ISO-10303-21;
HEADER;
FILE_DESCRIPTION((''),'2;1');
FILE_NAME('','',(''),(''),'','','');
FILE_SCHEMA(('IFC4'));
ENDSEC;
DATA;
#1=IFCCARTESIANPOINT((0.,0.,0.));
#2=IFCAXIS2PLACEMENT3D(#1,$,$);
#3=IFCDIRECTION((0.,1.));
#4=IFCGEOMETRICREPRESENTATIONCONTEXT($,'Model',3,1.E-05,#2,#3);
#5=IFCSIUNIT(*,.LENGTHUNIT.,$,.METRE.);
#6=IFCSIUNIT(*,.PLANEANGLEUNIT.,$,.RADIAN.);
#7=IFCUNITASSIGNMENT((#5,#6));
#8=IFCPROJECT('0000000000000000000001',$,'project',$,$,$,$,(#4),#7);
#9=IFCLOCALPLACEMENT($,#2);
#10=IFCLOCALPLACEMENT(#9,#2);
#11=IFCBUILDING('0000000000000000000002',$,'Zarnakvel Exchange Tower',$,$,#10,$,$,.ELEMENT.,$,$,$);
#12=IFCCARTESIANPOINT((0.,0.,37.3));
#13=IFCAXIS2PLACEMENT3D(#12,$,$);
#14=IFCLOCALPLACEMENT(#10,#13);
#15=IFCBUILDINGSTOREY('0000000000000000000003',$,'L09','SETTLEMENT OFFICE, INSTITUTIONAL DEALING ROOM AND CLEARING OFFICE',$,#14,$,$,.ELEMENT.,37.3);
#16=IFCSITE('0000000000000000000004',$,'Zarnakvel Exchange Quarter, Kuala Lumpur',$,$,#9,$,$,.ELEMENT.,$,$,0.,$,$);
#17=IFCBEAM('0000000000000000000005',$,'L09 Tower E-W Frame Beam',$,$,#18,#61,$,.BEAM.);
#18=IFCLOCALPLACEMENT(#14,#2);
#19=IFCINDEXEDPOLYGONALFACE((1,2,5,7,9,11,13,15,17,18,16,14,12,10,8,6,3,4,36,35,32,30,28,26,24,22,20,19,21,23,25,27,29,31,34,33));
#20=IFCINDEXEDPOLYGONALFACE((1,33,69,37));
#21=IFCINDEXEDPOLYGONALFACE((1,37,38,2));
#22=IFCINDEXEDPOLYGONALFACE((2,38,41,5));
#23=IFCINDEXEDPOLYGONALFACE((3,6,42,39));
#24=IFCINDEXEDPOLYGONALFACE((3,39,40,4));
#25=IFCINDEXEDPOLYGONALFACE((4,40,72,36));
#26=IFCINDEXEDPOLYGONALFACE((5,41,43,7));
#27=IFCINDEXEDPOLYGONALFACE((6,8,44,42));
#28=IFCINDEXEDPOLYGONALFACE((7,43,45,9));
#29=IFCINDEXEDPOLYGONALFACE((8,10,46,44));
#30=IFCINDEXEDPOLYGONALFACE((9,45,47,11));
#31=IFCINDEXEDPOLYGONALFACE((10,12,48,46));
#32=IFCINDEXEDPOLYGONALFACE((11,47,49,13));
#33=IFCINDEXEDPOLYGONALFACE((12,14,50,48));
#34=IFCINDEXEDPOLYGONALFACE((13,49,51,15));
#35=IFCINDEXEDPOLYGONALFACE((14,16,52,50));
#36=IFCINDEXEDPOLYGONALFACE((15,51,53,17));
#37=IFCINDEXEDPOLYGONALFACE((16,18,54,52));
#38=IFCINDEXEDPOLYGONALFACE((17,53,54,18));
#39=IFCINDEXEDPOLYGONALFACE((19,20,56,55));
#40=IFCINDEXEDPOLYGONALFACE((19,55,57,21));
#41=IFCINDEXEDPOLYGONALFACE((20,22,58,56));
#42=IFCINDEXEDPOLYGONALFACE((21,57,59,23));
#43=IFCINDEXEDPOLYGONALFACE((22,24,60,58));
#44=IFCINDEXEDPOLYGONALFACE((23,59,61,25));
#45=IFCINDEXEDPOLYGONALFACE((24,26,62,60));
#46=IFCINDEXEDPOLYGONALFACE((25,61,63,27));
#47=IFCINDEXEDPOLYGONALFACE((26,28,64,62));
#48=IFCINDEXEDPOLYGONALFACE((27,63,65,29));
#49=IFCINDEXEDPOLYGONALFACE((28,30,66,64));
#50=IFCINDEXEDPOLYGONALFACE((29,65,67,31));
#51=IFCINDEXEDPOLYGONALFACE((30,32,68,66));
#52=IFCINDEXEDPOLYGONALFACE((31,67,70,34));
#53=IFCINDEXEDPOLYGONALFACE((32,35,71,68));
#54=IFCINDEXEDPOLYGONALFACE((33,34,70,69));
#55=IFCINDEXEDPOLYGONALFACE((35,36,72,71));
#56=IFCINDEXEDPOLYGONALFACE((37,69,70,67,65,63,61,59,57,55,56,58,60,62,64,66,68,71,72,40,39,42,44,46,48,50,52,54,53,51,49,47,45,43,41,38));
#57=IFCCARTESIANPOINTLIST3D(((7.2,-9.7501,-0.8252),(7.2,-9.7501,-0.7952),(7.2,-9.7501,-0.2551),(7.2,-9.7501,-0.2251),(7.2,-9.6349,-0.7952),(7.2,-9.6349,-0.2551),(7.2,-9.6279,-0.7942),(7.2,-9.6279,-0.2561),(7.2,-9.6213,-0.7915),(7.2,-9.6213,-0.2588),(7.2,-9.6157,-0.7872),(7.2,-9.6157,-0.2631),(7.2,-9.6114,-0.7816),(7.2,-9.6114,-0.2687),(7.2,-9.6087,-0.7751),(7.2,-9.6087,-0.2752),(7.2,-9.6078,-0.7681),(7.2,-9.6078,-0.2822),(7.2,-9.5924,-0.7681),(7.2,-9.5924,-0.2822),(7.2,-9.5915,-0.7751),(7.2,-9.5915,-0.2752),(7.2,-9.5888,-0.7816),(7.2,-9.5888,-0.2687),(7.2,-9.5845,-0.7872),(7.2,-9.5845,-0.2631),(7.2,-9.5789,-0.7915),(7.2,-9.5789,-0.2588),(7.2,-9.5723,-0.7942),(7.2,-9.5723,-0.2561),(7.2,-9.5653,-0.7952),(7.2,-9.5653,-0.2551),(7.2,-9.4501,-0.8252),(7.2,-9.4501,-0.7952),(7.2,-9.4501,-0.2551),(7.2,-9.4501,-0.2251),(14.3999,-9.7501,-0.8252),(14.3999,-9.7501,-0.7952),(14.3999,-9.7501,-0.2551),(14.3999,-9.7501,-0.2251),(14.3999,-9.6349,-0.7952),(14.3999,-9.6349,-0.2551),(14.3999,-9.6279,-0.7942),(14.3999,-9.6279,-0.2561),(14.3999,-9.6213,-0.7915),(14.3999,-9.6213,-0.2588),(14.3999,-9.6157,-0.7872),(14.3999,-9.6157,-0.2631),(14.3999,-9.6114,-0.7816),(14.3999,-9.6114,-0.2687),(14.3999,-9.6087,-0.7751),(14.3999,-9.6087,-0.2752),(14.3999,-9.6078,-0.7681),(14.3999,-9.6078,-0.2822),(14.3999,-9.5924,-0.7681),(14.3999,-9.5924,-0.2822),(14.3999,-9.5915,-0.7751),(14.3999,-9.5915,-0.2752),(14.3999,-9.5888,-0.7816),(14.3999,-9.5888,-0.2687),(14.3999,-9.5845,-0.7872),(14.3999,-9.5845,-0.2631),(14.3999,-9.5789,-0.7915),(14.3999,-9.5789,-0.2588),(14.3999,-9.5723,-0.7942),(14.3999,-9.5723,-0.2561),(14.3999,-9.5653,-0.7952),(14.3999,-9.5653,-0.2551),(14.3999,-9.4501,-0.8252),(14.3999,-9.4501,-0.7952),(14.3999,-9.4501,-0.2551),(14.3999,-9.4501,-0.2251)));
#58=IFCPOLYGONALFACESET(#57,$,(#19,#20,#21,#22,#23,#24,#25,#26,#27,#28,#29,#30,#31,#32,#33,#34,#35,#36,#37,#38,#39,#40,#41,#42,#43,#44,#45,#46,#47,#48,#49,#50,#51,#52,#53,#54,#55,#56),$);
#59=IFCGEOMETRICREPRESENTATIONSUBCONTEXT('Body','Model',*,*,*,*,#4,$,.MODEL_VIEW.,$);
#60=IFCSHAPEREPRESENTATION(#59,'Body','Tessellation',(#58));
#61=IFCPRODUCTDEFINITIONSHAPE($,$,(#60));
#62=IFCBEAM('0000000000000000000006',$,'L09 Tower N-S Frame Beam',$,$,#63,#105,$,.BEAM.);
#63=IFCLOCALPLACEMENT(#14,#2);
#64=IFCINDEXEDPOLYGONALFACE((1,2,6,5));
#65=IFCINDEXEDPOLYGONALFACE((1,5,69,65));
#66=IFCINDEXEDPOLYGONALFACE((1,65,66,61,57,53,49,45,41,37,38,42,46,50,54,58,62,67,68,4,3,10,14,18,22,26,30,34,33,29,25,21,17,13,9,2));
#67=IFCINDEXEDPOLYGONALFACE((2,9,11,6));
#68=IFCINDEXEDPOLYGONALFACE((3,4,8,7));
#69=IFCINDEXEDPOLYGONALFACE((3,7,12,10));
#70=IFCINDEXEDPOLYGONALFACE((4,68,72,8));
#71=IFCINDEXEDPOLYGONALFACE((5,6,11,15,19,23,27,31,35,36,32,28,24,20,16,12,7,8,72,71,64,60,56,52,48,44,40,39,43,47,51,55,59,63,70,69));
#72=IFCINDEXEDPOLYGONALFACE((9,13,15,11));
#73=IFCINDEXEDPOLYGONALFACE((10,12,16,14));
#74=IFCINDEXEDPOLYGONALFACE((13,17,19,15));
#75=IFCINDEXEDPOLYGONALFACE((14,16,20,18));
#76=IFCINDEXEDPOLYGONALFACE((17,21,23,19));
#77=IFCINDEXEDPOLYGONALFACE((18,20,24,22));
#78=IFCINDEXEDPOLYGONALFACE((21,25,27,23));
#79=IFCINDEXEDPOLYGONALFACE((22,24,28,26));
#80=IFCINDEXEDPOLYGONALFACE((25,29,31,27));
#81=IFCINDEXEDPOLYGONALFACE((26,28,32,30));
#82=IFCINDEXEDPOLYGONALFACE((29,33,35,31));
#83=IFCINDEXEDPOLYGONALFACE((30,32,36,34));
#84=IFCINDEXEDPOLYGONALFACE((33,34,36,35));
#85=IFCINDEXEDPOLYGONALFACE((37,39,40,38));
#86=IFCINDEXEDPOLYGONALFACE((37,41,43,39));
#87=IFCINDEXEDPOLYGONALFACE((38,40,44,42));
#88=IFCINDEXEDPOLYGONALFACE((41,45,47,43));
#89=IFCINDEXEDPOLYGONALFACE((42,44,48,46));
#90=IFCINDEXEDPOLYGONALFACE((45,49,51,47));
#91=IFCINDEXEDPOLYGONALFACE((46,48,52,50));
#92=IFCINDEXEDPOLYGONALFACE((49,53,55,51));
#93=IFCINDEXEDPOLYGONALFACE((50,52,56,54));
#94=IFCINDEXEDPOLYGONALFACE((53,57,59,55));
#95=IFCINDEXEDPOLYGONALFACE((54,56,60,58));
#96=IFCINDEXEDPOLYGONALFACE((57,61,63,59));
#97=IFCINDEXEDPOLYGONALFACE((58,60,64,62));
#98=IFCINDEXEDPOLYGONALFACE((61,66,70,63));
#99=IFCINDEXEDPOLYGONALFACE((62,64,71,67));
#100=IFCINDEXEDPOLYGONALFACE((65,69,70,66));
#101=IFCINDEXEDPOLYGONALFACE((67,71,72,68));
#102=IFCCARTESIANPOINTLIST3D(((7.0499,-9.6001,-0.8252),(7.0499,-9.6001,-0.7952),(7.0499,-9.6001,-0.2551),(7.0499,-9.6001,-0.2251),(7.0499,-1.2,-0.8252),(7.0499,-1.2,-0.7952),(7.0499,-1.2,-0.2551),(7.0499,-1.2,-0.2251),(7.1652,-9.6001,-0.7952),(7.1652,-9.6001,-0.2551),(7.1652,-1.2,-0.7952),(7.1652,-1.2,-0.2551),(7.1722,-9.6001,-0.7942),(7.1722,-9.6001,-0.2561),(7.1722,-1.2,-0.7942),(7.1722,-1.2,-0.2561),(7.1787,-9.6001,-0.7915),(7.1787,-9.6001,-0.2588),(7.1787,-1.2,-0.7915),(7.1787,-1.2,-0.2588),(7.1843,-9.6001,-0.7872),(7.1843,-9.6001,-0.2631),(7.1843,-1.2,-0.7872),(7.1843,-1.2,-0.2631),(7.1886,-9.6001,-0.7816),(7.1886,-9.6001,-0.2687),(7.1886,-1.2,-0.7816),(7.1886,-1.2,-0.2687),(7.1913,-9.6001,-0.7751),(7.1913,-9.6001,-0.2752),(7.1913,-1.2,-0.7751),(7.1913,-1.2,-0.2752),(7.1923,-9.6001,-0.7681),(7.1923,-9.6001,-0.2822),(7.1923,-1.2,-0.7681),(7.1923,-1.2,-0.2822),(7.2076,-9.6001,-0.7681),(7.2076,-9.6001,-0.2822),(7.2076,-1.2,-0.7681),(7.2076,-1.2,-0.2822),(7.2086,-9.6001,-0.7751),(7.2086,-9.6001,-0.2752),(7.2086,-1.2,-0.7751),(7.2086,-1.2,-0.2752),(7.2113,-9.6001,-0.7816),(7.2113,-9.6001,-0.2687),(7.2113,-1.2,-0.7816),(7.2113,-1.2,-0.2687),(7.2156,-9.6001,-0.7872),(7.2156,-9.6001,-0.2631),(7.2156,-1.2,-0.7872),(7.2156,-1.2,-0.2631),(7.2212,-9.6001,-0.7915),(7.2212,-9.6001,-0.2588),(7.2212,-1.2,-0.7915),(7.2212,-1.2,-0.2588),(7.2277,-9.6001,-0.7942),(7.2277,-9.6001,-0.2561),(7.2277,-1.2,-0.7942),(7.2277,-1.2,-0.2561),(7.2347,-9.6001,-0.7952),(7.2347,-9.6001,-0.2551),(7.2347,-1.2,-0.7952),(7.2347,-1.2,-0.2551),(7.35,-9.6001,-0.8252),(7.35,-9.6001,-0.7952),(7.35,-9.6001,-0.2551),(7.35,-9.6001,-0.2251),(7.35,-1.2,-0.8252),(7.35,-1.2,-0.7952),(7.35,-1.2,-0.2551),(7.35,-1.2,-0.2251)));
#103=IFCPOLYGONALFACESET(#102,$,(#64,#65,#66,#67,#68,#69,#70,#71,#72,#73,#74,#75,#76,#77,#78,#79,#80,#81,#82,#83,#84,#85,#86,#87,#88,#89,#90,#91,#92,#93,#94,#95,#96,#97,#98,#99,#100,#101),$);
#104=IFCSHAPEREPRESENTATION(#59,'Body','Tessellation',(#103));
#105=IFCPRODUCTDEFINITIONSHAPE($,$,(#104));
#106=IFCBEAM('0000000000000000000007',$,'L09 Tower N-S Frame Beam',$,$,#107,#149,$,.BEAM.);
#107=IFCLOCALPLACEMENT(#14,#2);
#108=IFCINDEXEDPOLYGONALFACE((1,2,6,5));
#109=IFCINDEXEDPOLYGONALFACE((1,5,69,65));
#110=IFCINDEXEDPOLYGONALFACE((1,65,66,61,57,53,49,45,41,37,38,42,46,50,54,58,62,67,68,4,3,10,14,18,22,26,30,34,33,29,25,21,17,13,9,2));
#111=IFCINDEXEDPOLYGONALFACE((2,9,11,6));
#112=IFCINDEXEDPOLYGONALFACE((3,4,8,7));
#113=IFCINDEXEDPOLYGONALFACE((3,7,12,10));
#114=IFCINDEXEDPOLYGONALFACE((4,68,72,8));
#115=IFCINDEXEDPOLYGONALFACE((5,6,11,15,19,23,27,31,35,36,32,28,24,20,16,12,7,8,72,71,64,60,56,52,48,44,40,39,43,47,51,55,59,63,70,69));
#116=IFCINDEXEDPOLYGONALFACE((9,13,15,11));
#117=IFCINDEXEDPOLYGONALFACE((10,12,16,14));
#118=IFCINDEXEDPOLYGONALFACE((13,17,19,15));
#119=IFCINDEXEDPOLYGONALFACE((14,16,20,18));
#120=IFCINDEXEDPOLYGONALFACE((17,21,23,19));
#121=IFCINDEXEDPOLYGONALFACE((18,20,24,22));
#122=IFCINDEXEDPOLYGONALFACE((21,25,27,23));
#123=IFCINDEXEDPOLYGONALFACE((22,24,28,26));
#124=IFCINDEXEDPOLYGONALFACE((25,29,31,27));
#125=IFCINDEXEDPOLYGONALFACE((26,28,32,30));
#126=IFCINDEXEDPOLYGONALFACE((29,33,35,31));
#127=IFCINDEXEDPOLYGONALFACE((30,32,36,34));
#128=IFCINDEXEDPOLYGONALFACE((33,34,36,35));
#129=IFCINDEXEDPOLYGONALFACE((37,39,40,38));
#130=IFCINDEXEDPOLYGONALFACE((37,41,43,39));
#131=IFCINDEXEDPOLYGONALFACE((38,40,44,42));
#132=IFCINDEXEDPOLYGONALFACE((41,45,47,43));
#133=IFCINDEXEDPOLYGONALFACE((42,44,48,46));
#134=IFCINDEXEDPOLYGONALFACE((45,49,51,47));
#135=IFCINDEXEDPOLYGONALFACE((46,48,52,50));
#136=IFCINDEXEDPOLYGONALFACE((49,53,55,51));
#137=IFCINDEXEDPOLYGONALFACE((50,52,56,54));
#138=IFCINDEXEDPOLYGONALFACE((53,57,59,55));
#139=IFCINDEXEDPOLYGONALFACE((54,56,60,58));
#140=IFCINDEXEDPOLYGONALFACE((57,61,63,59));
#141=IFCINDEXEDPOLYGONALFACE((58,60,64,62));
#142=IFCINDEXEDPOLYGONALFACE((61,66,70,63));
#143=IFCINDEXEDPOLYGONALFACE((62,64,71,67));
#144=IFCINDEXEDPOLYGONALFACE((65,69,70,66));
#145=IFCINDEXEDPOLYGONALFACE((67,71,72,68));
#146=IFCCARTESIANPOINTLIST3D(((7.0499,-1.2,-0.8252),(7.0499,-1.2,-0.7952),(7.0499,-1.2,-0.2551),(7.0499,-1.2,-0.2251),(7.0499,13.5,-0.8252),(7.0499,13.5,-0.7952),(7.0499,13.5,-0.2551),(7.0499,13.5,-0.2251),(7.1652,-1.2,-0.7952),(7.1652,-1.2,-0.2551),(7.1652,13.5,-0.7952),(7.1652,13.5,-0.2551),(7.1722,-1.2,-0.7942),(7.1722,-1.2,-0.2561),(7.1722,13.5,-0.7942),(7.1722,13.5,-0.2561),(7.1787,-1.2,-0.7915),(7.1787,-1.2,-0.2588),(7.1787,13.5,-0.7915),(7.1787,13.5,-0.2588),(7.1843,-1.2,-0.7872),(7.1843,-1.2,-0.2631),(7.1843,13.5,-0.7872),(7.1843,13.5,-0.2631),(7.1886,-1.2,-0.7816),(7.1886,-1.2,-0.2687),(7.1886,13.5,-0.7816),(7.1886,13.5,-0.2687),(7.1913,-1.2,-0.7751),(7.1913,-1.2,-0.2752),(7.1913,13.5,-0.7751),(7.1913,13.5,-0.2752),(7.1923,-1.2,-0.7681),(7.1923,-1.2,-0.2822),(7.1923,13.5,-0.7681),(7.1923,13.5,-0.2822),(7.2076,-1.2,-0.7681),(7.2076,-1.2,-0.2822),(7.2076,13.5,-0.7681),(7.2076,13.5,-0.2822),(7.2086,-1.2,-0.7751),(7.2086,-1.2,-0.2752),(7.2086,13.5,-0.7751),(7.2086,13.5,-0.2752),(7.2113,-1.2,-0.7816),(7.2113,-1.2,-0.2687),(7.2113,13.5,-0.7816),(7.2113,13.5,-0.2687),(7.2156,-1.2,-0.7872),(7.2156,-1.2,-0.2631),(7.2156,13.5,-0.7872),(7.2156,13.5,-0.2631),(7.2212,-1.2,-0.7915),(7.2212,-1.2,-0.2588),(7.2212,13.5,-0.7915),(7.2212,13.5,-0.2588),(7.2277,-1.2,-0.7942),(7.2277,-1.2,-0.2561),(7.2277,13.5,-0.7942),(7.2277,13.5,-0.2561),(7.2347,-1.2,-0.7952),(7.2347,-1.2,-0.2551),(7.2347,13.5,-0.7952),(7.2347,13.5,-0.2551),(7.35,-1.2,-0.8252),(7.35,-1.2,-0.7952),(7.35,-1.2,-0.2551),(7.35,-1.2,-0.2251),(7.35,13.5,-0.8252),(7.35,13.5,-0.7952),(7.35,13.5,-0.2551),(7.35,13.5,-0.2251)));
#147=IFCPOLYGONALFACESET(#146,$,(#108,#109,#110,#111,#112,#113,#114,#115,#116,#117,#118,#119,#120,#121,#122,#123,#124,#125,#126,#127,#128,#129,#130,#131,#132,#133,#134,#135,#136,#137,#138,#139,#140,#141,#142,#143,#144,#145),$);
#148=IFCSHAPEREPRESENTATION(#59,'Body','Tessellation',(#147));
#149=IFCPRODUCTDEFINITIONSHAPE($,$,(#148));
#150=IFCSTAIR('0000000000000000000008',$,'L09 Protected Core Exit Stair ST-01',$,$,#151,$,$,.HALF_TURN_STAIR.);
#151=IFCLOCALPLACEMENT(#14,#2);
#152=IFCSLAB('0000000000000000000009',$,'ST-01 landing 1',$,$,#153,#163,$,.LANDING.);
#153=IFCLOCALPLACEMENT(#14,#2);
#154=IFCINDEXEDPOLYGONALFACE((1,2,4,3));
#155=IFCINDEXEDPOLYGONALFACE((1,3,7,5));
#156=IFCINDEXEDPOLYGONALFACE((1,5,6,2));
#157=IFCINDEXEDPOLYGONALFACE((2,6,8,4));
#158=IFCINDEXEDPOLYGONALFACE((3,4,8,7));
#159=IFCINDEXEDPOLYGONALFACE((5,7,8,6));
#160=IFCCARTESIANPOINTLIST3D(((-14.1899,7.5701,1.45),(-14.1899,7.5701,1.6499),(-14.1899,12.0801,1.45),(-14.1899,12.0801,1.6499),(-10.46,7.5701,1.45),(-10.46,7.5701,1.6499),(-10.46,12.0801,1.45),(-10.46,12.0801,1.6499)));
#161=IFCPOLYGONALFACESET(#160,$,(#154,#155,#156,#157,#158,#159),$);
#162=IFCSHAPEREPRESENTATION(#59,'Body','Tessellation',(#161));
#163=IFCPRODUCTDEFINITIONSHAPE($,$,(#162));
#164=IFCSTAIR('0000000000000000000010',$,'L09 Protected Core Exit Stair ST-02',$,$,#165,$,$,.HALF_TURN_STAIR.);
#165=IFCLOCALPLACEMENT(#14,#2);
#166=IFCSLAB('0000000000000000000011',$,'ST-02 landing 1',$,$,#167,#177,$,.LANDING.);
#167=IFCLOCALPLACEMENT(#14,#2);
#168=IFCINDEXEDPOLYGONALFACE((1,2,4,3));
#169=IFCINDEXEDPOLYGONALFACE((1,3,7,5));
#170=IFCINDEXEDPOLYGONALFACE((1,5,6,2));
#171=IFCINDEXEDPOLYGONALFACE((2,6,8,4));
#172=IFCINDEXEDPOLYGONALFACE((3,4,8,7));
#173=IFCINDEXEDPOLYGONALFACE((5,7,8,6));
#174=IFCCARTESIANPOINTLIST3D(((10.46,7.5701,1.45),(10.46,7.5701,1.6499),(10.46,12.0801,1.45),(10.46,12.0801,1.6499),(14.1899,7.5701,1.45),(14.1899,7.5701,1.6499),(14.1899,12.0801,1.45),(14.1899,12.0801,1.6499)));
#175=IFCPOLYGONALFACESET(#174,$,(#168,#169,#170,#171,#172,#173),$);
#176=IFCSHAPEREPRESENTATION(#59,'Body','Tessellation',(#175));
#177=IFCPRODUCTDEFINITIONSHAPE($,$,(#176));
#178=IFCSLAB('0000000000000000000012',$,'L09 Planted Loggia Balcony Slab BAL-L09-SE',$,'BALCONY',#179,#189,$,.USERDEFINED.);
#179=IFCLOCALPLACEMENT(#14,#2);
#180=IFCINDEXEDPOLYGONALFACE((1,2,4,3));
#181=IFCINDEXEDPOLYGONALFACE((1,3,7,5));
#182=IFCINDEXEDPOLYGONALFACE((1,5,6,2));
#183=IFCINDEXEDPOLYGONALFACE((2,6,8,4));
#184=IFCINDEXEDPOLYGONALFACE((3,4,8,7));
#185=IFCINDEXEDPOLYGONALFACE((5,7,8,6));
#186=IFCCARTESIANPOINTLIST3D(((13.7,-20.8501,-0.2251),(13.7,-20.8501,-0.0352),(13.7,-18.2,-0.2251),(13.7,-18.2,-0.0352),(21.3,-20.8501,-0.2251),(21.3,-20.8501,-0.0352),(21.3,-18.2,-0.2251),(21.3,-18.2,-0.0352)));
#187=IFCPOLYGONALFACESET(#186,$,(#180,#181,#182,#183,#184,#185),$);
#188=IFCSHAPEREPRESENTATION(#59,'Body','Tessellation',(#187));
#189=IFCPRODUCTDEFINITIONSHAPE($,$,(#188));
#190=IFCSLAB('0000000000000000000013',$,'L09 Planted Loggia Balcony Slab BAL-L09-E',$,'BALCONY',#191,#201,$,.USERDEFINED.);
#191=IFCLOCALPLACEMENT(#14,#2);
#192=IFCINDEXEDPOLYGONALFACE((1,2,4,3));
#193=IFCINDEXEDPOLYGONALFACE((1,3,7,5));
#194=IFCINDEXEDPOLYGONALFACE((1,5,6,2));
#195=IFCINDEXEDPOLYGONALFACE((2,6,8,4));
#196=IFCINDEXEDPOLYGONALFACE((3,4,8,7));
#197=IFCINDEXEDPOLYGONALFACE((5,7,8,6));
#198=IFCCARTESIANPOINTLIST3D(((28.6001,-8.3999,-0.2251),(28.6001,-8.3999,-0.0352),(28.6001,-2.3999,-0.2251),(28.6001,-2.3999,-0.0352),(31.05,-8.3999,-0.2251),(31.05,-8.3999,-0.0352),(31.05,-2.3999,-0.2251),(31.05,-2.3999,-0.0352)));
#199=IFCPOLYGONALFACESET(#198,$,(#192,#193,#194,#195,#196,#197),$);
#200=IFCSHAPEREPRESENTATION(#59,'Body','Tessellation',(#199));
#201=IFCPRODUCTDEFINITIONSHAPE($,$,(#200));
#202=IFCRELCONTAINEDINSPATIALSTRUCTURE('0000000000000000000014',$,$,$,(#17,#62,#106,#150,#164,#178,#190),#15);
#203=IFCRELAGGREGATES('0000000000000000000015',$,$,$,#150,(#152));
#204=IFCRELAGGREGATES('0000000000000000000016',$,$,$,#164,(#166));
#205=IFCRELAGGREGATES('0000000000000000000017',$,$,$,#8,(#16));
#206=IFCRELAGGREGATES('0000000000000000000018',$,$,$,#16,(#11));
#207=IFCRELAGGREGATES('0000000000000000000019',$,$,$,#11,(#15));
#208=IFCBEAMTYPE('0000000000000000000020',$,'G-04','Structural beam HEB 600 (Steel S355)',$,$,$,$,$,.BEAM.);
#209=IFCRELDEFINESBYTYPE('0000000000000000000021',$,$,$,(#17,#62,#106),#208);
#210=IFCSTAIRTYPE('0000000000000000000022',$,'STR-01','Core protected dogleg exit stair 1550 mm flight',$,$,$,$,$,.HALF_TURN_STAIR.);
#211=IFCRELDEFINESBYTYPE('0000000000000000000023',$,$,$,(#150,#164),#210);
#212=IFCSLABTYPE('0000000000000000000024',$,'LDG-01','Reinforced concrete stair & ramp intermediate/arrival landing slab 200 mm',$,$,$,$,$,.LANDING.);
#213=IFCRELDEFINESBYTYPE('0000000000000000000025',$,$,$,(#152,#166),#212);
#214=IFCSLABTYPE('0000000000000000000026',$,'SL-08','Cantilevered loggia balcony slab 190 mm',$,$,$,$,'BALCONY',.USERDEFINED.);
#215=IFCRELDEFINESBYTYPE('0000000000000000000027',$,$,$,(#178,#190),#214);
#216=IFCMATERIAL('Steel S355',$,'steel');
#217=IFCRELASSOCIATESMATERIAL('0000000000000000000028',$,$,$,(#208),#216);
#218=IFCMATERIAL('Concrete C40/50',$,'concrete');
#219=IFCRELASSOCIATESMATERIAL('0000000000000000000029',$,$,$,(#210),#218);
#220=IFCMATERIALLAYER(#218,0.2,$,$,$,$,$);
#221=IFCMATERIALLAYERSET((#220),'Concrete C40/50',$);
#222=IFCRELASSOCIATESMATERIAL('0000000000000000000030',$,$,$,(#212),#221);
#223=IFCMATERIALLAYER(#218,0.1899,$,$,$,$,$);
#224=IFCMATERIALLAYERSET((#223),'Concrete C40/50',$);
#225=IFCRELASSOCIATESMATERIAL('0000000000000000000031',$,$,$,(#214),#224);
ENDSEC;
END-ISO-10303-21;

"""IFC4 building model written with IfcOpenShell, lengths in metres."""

from ifc_helpers import new_model, si_unit, direction, frame, origin, origin_2d, place, context, subcontext, project, spatial, polyline, i_section, outline, extrude, material, layer, layer_set, material_profile, profile_set, type_object, element, aggregate, save


model = new_model("IFC4")

# Units and contexts
model_context = context("Model", 3, precision=1e-05, world=origin(), true_north=direction((0.0, 1.0)))
body_context = subcontext(model_context, "Body", "Model", "MODEL_VIEW")
ifc_project = project(units=[si_unit("LENGTHUNIT", "METRE"), si_unit("PLANEANGLEUNIT", "RADIAN")], contexts=[model_context])

# Site, building, storey
site_placement = place(None, origin())
site = spatial("IfcSite", under=ifc_project, at=site_placement, Name="Zarnakvel Exchange Quarter, Kuala Lumpur", CompositionType="ELEMENT", RefElevation=0.0)
building_placement = place(site_placement, origin())
building = spatial("IfcBuilding", under=site, at=building_placement, Name="Zarnakvel Exchange Tower", CompositionType="ELEMENT")
storey_placement = place(building_placement, frame((0.0, 0.0, 37.3)))
storey = spatial("IfcBuildingStorey", under=building, at=storey_placement, Name="L09", Description="SETTLEMENT OFFICE, INSTITUTIONAL DEALING ROOM AND CLEARING OFFICE", CompositionType="ELEMENT", Elevation=37.3)

# Beams
ifc_material_1 = material(Name="Steel S355", Category="steel")
ifc_material_profile_1 = material_profile(ifc_material_1, i_section(OverallWidth=0.3, OverallDepth=0.6001, WebThickness=0.0154, FlangeThickness=0.03, FilletRadius=0.0271, at=origin_2d()))
ifc_profile_set_1 = profile_set([ifc_material_profile_1], Name="Steel S355")
beam_type_1 = type_object("IfcBeamType", Name="G-04", Description="Structural beam HEB 600 (Steel S355)", PredefinedType="BEAM", material=ifc_profile_set_1)
beam_1_placement = place(storey_placement, frame((7.2, -9.6001, -0.5251), z_axis=(1.0, 0.0, 0.0), x_axis=(0.0, 1.0, 0.0)))
element("IfcBeam", 1, at=beam_1_placement, inside=storey, type_object=beam_type_1, Name="L09 Tower E-W Frame Beam", PredefinedType="BEAM", context=body_context, shape_type="SweptSolid", body=[
    extrude(i_section(OverallWidth=0.3, OverallDepth=0.6001, WebThickness=0.0154, FlangeThickness=0.03, FilletRadius=0.0271, at=origin_2d()), origin(), (0.0, 0.0, 1.0), 7.2),
])
beam_2_placement = place(storey_placement, frame((7.2, -9.6001, -0.5251), z_axis=(0.0, 1.0, 0.0), x_axis=(-1.0, 0.0, 0.0)))
element("IfcBeam", 2, at=beam_2_placement, inside=storey, type_object=beam_type_1, Name="L09 Tower N-S Frame Beam", PredefinedType="BEAM", context=body_context, shape_type="SweptSolid", body=[
    extrude(i_section(OverallWidth=0.3, OverallDepth=0.6001, WebThickness=0.0154, FlangeThickness=0.03, FilletRadius=0.0271, at=origin_2d()), origin(), (0.0, 0.0, 1.0), 8.4001),
])
beam_3_placement = place(storey_placement, frame((7.2, -1.2, -0.5251), z_axis=(0.0, 1.0, 0.0), x_axis=(-1.0, 0.0, 0.0)))
element("IfcBeam", 3, at=beam_3_placement, inside=storey, type_object=beam_type_1, Name="L09 Tower N-S Frame Beam", PredefinedType="BEAM", context=body_context, shape_type="SweptSolid", body=[
    extrude(i_section(OverallWidth=0.3, OverallDepth=0.6001, WebThickness=0.0154, FlangeThickness=0.03, FilletRadius=0.0271, at=origin_2d()), origin(), (0.0, 0.0, 1.0), 14.7),
])

# Stairs, slabs
ifc_material_2 = material(Name="Concrete C40/50", Category="concrete")
stair_type = type_object("IfcStairType", Name="STR-01", Description="Core protected dogleg exit stair 1550 mm flight", PredefinedType="HALF_TURN_STAIR", material=ifc_material_2)
stair_1_placement = place(storey_placement, origin())
stair_1 = element("IfcStair", 4, at=stair_1_placement, inside=storey, type_object=stair_type, Name="L09 Protected Core Exit Stair ST-01", PredefinedType="HALF_TURN_STAIR")
ifc_layer_1 = layer(ifc_material_2, 0.2)
ifc_layer_set_1 = layer_set([ifc_layer_1], Name="Concrete C40/50")
slab_type_1 = type_object("IfcSlabType", Name="LDG-01", Description="Reinforced concrete stair & ramp intermediate/arrival landing slab 200 mm", PredefinedType="LANDING", material=ifc_layer_set_1)
slab_1_placement = place(storey_placement, frame((0.0, 0.0, 1.45)))
slab_1 = element("IfcSlab", 5, at=slab_1_placement, type_object=slab_type_1, Name="ST-01 landing 1", PredefinedType="LANDING", context=body_context, shape_type="SweptSolid", body=[
    extrude(outline(polyline([(-14.1899, 7.5701), (-10.46, 7.5701), (-10.46, 12.0801), (-14.1899, 12.0801), (-14.1899, 7.5701)])), origin(), (0.0, 0.0, 1.0), 0.2),
])
aggregate(stair_1, [slab_1])
stair_2_placement = place(storey_placement, origin())
stair_2 = element("IfcStair", 6, at=stair_2_placement, inside=storey, type_object=stair_type, Name="L09 Protected Core Exit Stair ST-02", PredefinedType="HALF_TURN_STAIR")
slab_2_placement = place(storey_placement, frame((0.0, 0.0, 1.45)))
slab_2 = element("IfcSlab", 7, at=slab_2_placement, type_object=slab_type_1, Name="ST-02 landing 1", PredefinedType="LANDING", context=body_context, shape_type="SweptSolid", body=[
    extrude(outline(polyline([(10.46, 7.5701), (14.1899, 7.5701), (14.1899, 12.0801), (10.46, 12.0801), (10.46, 7.5701)])), origin(), (0.0, 0.0, 1.0), 0.2),
])
aggregate(stair_2, [slab_2])

# Slabs
ifc_layer_2 = layer(ifc_material_2, 0.1899)
ifc_layer_set_2 = layer_set([ifc_layer_2], Name="Concrete C40/50")
slab_type_2 = type_object("IfcSlabType", Name="SL-08", Description="Cantilevered loggia balcony slab 190 mm", ElementType="BALCONY", PredefinedType="USERDEFINED", material=ifc_layer_set_2)
slab_3_placement = place(storey_placement, frame((0.0, 0.0, -0.2251)))
element("IfcSlab", 8, at=slab_3_placement, inside=storey, type_object=slab_type_2, Name="L09 Planted Loggia Balcony Slab BAL-L09-SE", ObjectType="BALCONY", PredefinedType="USERDEFINED", context=body_context, shape_type="SweptSolid", body=[
    extrude(outline(polyline([(13.7, -20.8501), (21.3, -20.8501), (21.3, -18.2), (13.7, -18.2), (13.7, -20.8501)])), origin(), (0.0, 0.0, 1.0), 0.1899),
])
slab_4_placement = place(storey_placement, frame((0.0, 0.0, -0.2251)))
element("IfcSlab", 9, at=slab_4_placement, inside=storey, type_object=slab_type_2, Name="L09 Planted Loggia Balcony Slab BAL-L09-E", ObjectType="BALCONY", PredefinedType="USERDEFINED", context=body_context, shape_type="SweptSolid", body=[
    extrude(outline(polyline([(28.6001, -8.3999), (31.05, -8.3999), (31.05, -2.3999), (28.6001, -2.3999), (28.6001, -8.3999)])), origin(), (0.0, 0.0, 1.0), 0.1899),
])

save(model, "model.ifc")
